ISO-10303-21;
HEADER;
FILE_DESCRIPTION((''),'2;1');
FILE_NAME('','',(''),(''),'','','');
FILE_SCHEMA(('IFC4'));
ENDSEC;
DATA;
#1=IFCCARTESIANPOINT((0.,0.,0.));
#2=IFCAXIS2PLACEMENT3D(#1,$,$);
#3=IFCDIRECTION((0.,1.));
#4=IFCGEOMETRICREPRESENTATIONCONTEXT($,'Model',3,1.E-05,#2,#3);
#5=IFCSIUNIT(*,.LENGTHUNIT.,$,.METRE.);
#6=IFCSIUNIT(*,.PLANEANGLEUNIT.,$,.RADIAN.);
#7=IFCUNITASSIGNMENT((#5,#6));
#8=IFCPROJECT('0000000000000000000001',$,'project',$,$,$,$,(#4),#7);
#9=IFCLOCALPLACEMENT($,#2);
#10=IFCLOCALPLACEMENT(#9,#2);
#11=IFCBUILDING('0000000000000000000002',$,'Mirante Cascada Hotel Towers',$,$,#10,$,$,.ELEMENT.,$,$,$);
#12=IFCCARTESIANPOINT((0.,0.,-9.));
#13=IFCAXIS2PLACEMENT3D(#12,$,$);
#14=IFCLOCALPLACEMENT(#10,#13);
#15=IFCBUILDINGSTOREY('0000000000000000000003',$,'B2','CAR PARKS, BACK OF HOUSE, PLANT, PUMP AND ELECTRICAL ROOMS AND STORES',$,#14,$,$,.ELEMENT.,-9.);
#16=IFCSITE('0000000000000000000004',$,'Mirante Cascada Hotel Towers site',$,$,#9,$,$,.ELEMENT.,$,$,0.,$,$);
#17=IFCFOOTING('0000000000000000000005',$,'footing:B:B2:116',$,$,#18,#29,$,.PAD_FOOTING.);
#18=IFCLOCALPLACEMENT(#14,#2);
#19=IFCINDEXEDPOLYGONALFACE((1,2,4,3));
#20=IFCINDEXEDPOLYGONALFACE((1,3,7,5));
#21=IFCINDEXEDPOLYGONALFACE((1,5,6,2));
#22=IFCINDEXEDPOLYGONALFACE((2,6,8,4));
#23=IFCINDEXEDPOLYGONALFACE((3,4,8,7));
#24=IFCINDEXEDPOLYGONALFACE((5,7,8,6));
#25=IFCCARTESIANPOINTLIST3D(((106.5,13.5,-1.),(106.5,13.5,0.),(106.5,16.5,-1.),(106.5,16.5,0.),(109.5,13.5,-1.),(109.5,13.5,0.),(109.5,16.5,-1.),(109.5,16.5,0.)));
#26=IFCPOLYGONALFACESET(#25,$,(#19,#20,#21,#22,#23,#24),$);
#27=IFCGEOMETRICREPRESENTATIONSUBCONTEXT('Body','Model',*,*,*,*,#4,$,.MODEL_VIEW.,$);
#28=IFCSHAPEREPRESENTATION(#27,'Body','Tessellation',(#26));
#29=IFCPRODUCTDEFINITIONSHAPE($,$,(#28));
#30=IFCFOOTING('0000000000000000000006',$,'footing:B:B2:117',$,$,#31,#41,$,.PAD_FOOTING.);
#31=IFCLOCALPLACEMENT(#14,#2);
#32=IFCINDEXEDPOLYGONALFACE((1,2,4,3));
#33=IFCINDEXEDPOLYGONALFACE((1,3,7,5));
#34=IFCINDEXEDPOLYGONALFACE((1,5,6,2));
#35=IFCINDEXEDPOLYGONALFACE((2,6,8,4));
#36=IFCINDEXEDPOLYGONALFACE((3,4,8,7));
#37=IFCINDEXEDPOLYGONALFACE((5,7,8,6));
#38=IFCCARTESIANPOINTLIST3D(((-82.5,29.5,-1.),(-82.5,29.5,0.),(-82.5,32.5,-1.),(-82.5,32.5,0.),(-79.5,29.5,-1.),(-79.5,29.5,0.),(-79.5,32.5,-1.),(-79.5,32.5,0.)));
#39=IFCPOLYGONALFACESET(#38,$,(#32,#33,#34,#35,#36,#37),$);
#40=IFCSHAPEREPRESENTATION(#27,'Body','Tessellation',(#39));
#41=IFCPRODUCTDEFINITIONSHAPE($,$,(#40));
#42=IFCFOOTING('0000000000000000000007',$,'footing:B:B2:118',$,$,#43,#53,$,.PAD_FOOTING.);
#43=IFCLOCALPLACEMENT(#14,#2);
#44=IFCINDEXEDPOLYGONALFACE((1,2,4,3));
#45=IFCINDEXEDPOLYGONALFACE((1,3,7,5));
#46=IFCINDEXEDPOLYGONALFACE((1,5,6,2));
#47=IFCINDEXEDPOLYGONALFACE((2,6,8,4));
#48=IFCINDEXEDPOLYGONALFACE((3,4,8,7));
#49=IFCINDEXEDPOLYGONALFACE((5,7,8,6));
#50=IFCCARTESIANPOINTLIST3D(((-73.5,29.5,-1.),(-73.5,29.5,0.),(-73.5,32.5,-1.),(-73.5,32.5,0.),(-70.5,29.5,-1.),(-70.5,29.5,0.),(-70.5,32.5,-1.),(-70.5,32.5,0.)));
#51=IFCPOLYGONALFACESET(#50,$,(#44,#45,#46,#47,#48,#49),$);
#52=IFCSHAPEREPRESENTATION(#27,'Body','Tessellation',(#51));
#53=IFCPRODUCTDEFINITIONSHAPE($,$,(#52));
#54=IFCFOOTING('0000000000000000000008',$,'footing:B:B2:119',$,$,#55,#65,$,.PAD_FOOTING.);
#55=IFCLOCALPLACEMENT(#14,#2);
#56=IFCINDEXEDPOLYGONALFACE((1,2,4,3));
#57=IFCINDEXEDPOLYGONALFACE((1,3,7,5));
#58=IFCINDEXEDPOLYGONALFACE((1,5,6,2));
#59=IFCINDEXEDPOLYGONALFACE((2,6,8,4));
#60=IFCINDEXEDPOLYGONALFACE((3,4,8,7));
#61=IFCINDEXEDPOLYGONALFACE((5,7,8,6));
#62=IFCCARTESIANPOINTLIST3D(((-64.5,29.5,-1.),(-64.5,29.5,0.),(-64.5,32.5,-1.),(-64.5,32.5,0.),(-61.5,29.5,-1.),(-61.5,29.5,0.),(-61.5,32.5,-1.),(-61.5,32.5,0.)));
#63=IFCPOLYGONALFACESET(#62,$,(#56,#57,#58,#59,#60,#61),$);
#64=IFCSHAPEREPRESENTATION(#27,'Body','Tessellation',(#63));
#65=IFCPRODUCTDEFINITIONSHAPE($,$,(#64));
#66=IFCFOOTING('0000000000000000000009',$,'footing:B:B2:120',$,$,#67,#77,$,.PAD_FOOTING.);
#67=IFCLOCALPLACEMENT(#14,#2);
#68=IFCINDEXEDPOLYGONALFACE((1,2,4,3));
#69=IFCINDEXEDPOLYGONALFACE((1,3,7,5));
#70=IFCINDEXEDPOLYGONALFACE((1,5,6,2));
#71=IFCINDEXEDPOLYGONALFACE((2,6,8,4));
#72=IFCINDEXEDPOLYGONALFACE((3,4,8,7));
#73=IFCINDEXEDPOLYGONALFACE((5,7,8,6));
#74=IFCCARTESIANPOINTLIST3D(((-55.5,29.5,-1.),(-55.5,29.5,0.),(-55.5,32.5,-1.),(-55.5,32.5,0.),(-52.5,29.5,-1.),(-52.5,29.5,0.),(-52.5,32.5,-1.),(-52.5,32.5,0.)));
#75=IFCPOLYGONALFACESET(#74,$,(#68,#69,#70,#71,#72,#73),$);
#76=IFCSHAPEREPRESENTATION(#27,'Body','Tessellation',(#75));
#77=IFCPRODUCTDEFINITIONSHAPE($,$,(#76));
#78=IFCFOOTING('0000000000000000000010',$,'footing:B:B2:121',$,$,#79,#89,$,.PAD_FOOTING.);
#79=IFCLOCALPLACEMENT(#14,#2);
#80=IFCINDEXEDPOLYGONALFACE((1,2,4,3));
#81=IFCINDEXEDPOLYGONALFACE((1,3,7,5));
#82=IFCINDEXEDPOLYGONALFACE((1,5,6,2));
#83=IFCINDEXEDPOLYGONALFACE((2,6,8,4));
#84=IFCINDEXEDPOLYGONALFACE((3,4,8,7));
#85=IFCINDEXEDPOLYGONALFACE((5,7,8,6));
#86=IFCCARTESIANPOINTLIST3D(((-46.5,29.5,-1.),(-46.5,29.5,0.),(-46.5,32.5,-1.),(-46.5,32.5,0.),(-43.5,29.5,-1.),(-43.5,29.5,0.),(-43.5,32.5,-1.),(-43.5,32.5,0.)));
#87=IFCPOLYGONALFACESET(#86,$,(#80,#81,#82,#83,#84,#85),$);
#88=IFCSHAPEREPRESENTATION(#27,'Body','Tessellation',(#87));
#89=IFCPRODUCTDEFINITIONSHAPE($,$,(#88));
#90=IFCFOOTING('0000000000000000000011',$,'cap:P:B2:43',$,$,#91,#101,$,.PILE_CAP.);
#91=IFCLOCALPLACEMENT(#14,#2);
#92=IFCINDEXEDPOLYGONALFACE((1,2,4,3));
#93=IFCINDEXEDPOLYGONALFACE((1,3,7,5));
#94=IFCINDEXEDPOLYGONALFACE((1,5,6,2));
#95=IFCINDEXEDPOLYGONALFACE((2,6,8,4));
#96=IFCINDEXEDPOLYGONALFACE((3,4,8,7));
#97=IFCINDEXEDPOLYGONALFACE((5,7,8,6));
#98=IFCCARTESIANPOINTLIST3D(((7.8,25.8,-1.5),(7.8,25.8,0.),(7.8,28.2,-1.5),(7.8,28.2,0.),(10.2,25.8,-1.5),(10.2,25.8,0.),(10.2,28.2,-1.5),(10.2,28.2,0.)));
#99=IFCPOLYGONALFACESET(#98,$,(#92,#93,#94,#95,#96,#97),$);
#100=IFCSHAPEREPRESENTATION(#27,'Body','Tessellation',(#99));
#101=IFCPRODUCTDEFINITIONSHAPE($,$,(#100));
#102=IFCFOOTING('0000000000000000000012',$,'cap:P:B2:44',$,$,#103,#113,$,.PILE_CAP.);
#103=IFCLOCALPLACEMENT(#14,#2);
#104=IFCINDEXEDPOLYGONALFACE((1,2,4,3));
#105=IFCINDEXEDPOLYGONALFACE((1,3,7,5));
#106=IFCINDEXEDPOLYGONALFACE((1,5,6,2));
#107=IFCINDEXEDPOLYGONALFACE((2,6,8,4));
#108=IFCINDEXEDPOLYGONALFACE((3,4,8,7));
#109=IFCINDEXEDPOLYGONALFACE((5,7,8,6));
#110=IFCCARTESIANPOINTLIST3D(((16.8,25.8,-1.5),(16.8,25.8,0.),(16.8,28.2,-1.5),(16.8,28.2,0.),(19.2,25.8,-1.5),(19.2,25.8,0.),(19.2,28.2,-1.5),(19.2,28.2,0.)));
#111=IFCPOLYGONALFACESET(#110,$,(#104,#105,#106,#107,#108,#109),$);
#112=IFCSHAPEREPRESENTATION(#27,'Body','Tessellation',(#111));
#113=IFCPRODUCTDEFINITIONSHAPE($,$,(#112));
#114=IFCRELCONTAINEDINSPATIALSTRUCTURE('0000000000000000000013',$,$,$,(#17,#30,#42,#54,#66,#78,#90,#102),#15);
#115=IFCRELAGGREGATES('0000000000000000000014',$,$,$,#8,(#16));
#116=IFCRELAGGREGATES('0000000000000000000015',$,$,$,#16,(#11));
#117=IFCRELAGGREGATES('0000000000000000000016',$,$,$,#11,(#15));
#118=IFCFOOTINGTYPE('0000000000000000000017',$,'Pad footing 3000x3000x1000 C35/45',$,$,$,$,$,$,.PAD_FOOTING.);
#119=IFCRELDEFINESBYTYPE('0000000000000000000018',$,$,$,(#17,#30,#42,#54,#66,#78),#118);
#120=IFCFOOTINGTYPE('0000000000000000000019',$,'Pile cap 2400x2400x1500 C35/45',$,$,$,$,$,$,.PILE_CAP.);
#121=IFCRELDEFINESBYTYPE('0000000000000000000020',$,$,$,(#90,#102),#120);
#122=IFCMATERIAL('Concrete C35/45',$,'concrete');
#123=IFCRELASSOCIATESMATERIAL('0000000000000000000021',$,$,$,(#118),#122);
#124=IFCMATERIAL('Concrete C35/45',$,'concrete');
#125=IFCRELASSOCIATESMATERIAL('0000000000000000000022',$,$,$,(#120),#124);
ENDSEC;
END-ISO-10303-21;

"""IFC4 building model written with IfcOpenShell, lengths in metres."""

from ifc_helpers import new_model, si_unit, direction, frame, origin, place, context, subcontext, project, spatial, polyline, outline, extrude, material, type_object, element, save


model = new_model("IFC4")

# Units and contexts
model_context = context("Model", 3, precision=1e-05, world=origin(), true_north=direction((0.0, 1.0)))
body_context = subcontext(model_context, "Body", "Model", "MODEL_VIEW")
ifc_project = project(units=[si_unit("LENGTHUNIT", "METRE"), si_unit("PLANEANGLEUNIT", "RADIAN")], contexts=[model_context])

# Site, building, storey
site_placement = place(None, origin())
site = spatial("IfcSite", under=ifc_project, at=site_placement, Name="Mirante Cascada Hotel Towers site", CompositionType="ELEMENT", RefElevation=0.0)
building_placement = place(site_placement, origin())
building = spatial("IfcBuilding", under=site, at=building_placement, Name="Mirante Cascada Hotel Towers", CompositionType="ELEMENT")
storey_placement = place(building_placement, frame((0.0, 0.0, -9.0)))
storey = spatial("IfcBuildingStorey", under=building, at=storey_placement, Name="B2", Description="CAR PARKS, BACK OF HOUSE, PLANT, PUMP AND ELECTRICAL ROOMS AND STORES", CompositionType="ELEMENT", Elevation=-9.0)

# Footings
ifc_material_1 = material(Name="Concrete C35/45", Category="concrete")
footing_type_1 = type_object("IfcFootingType", Name="Pad footing 3000x3000x1000 C35/45", PredefinedType="PAD_FOOTING", material=ifc_material_1)
footing_1_placement = place(storey_placement, frame((0.0, 0.0, -1.0)))
element("IfcFooting", 1, at=footing_1_placement, inside=storey, type_object=footing_type_1, Name="footing:B:B2:116", PredefinedType="PAD_FOOTING", context=body_context, shape_type="SweptSolid", body=[
    extrude(outline(polyline([(109.5, 13.5), (109.5, 16.5), (106.5, 16.5), (106.5, 13.5), (109.5, 13.5)])), origin(), (0.0, 0.0, 1.0), 1.0),
])
footing_2_placement = place(storey_placement, frame((0.0, 0.0, -1.0)))
element("IfcFooting", 2, at=footing_2_placement, inside=storey, type_object=footing_type_1, Name="footing:B:B2:117", PredefinedType="PAD_FOOTING", context=body_context, shape_type="SweptSolid", body=[
    extrude(outline(polyline([(-79.5, 29.5), (-79.5, 32.5), (-82.5, 32.5), (-82.5, 29.5), (-79.5, 29.5)])), origin(), (0.0, 0.0, 1.0), 1.0),
])
footing_3_placement = place(storey_placement, frame((0.0, 0.0, -1.0)))
element("IfcFooting", 3, at=footing_3_placement, inside=storey, type_object=footing_type_1, Name="footing:B:B2:118", PredefinedType="PAD_FOOTING", context=body_context, shape_type="SweptSolid", body=[
    extrude(outline(polyline([(-70.5, 29.5), (-70.5, 32.5), (-73.5, 32.5), (-73.5, 29.5), (-70.5, 29.5)])), origin(), (0.0, 0.0, 1.0), 1.0),
])
footing_4_placement = place(storey_placement, frame((0.0, 0.0, -1.0)))
element("IfcFooting", 4, at=footing_4_placement, inside=storey, type_object=footing_type_1, Name="footing:B:B2:119", PredefinedType="PAD_FOOTING", context=body_context, shape_type="SweptSolid", body=[
    extrude(outline(polyline([(-61.5, 29.5), (-61.5, 32.5), (-64.5, 32.5), (-64.5, 29.5), (-61.5, 29.5)])), origin(), (0.0, 0.0, 1.0), 1.0),
])
footing_5_placement = place(storey_placement, frame((0.0, 0.0, -1.0)))
element("IfcFooting", 5, at=footing_5_placement, inside=storey, type_object=footing_type_1, Name="footing:B:B2:120", PredefinedType="PAD_FOOTING", context=body_context, shape_type="SweptSolid", body=[
    extrude(outline(polyline([(-52.5, 29.5), (-52.5, 32.5), (-55.5, 32.5), (-55.5, 29.5), (-52.5, 29.5)])), origin(), (0.0, 0.0, 1.0), 1.0),
])
footing_6_placement = place(storey_placement, frame((0.0, 0.0, -1.0)))
element("IfcFooting", 6, at=footing_6_placement, inside=storey, type_object=footing_type_1, Name="footing:B:B2:121", PredefinedType="PAD_FOOTING", context=body_context, shape_type="SweptSolid", body=[
    extrude(outline(polyline([(-43.5, 29.5), (-43.5, 32.5), (-46.5, 32.5), (-46.5, 29.5), (-43.5, 29.5)])), origin(), (0.0, 0.0, 1.0), 1.0),
])
ifc_material_2 = material(Name="Concrete C35/45", Category="concrete")
footing_type_2 = type_object("IfcFootingType", Name="Pile cap 2400x2400x1500 C35/45", PredefinedType="PILE_CAP", material=ifc_material_2)
footing_7_placement = place(storey_placement, frame((0.0, 0.0, -1.5)))
element("IfcFooting", 7, at=footing_7_placement, inside=storey, type_object=footing_type_2, Name="cap:P:B2:43", PredefinedType="PILE_CAP", context=body_context, shape_type="SweptSolid", body=[
    extrude(outline(polyline([(10.2, 25.8), (10.2, 28.2), (7.8, 28.2), (7.8, 25.8), (10.2, 25.8)])), origin(), (0.0, 0.0, 1.0), 1.5),
])
footing_8_placement = place(storey_placement, frame((0.0, 0.0, -1.5)))
element("IfcFooting", 8, at=footing_8_placement, inside=storey, type_object=footing_type_2, Name="cap:P:B2:44", PredefinedType="PILE_CAP", context=body_context, shape_type="SweptSolid", body=[
    extrude(outline(polyline([(19.2, 25.8), (19.2, 28.2), (16.8, 28.2), (16.8, 25.8), (19.2, 25.8)])), origin(), (0.0, 0.0, 1.0), 1.5),
])

save(model, "model.ifc")
